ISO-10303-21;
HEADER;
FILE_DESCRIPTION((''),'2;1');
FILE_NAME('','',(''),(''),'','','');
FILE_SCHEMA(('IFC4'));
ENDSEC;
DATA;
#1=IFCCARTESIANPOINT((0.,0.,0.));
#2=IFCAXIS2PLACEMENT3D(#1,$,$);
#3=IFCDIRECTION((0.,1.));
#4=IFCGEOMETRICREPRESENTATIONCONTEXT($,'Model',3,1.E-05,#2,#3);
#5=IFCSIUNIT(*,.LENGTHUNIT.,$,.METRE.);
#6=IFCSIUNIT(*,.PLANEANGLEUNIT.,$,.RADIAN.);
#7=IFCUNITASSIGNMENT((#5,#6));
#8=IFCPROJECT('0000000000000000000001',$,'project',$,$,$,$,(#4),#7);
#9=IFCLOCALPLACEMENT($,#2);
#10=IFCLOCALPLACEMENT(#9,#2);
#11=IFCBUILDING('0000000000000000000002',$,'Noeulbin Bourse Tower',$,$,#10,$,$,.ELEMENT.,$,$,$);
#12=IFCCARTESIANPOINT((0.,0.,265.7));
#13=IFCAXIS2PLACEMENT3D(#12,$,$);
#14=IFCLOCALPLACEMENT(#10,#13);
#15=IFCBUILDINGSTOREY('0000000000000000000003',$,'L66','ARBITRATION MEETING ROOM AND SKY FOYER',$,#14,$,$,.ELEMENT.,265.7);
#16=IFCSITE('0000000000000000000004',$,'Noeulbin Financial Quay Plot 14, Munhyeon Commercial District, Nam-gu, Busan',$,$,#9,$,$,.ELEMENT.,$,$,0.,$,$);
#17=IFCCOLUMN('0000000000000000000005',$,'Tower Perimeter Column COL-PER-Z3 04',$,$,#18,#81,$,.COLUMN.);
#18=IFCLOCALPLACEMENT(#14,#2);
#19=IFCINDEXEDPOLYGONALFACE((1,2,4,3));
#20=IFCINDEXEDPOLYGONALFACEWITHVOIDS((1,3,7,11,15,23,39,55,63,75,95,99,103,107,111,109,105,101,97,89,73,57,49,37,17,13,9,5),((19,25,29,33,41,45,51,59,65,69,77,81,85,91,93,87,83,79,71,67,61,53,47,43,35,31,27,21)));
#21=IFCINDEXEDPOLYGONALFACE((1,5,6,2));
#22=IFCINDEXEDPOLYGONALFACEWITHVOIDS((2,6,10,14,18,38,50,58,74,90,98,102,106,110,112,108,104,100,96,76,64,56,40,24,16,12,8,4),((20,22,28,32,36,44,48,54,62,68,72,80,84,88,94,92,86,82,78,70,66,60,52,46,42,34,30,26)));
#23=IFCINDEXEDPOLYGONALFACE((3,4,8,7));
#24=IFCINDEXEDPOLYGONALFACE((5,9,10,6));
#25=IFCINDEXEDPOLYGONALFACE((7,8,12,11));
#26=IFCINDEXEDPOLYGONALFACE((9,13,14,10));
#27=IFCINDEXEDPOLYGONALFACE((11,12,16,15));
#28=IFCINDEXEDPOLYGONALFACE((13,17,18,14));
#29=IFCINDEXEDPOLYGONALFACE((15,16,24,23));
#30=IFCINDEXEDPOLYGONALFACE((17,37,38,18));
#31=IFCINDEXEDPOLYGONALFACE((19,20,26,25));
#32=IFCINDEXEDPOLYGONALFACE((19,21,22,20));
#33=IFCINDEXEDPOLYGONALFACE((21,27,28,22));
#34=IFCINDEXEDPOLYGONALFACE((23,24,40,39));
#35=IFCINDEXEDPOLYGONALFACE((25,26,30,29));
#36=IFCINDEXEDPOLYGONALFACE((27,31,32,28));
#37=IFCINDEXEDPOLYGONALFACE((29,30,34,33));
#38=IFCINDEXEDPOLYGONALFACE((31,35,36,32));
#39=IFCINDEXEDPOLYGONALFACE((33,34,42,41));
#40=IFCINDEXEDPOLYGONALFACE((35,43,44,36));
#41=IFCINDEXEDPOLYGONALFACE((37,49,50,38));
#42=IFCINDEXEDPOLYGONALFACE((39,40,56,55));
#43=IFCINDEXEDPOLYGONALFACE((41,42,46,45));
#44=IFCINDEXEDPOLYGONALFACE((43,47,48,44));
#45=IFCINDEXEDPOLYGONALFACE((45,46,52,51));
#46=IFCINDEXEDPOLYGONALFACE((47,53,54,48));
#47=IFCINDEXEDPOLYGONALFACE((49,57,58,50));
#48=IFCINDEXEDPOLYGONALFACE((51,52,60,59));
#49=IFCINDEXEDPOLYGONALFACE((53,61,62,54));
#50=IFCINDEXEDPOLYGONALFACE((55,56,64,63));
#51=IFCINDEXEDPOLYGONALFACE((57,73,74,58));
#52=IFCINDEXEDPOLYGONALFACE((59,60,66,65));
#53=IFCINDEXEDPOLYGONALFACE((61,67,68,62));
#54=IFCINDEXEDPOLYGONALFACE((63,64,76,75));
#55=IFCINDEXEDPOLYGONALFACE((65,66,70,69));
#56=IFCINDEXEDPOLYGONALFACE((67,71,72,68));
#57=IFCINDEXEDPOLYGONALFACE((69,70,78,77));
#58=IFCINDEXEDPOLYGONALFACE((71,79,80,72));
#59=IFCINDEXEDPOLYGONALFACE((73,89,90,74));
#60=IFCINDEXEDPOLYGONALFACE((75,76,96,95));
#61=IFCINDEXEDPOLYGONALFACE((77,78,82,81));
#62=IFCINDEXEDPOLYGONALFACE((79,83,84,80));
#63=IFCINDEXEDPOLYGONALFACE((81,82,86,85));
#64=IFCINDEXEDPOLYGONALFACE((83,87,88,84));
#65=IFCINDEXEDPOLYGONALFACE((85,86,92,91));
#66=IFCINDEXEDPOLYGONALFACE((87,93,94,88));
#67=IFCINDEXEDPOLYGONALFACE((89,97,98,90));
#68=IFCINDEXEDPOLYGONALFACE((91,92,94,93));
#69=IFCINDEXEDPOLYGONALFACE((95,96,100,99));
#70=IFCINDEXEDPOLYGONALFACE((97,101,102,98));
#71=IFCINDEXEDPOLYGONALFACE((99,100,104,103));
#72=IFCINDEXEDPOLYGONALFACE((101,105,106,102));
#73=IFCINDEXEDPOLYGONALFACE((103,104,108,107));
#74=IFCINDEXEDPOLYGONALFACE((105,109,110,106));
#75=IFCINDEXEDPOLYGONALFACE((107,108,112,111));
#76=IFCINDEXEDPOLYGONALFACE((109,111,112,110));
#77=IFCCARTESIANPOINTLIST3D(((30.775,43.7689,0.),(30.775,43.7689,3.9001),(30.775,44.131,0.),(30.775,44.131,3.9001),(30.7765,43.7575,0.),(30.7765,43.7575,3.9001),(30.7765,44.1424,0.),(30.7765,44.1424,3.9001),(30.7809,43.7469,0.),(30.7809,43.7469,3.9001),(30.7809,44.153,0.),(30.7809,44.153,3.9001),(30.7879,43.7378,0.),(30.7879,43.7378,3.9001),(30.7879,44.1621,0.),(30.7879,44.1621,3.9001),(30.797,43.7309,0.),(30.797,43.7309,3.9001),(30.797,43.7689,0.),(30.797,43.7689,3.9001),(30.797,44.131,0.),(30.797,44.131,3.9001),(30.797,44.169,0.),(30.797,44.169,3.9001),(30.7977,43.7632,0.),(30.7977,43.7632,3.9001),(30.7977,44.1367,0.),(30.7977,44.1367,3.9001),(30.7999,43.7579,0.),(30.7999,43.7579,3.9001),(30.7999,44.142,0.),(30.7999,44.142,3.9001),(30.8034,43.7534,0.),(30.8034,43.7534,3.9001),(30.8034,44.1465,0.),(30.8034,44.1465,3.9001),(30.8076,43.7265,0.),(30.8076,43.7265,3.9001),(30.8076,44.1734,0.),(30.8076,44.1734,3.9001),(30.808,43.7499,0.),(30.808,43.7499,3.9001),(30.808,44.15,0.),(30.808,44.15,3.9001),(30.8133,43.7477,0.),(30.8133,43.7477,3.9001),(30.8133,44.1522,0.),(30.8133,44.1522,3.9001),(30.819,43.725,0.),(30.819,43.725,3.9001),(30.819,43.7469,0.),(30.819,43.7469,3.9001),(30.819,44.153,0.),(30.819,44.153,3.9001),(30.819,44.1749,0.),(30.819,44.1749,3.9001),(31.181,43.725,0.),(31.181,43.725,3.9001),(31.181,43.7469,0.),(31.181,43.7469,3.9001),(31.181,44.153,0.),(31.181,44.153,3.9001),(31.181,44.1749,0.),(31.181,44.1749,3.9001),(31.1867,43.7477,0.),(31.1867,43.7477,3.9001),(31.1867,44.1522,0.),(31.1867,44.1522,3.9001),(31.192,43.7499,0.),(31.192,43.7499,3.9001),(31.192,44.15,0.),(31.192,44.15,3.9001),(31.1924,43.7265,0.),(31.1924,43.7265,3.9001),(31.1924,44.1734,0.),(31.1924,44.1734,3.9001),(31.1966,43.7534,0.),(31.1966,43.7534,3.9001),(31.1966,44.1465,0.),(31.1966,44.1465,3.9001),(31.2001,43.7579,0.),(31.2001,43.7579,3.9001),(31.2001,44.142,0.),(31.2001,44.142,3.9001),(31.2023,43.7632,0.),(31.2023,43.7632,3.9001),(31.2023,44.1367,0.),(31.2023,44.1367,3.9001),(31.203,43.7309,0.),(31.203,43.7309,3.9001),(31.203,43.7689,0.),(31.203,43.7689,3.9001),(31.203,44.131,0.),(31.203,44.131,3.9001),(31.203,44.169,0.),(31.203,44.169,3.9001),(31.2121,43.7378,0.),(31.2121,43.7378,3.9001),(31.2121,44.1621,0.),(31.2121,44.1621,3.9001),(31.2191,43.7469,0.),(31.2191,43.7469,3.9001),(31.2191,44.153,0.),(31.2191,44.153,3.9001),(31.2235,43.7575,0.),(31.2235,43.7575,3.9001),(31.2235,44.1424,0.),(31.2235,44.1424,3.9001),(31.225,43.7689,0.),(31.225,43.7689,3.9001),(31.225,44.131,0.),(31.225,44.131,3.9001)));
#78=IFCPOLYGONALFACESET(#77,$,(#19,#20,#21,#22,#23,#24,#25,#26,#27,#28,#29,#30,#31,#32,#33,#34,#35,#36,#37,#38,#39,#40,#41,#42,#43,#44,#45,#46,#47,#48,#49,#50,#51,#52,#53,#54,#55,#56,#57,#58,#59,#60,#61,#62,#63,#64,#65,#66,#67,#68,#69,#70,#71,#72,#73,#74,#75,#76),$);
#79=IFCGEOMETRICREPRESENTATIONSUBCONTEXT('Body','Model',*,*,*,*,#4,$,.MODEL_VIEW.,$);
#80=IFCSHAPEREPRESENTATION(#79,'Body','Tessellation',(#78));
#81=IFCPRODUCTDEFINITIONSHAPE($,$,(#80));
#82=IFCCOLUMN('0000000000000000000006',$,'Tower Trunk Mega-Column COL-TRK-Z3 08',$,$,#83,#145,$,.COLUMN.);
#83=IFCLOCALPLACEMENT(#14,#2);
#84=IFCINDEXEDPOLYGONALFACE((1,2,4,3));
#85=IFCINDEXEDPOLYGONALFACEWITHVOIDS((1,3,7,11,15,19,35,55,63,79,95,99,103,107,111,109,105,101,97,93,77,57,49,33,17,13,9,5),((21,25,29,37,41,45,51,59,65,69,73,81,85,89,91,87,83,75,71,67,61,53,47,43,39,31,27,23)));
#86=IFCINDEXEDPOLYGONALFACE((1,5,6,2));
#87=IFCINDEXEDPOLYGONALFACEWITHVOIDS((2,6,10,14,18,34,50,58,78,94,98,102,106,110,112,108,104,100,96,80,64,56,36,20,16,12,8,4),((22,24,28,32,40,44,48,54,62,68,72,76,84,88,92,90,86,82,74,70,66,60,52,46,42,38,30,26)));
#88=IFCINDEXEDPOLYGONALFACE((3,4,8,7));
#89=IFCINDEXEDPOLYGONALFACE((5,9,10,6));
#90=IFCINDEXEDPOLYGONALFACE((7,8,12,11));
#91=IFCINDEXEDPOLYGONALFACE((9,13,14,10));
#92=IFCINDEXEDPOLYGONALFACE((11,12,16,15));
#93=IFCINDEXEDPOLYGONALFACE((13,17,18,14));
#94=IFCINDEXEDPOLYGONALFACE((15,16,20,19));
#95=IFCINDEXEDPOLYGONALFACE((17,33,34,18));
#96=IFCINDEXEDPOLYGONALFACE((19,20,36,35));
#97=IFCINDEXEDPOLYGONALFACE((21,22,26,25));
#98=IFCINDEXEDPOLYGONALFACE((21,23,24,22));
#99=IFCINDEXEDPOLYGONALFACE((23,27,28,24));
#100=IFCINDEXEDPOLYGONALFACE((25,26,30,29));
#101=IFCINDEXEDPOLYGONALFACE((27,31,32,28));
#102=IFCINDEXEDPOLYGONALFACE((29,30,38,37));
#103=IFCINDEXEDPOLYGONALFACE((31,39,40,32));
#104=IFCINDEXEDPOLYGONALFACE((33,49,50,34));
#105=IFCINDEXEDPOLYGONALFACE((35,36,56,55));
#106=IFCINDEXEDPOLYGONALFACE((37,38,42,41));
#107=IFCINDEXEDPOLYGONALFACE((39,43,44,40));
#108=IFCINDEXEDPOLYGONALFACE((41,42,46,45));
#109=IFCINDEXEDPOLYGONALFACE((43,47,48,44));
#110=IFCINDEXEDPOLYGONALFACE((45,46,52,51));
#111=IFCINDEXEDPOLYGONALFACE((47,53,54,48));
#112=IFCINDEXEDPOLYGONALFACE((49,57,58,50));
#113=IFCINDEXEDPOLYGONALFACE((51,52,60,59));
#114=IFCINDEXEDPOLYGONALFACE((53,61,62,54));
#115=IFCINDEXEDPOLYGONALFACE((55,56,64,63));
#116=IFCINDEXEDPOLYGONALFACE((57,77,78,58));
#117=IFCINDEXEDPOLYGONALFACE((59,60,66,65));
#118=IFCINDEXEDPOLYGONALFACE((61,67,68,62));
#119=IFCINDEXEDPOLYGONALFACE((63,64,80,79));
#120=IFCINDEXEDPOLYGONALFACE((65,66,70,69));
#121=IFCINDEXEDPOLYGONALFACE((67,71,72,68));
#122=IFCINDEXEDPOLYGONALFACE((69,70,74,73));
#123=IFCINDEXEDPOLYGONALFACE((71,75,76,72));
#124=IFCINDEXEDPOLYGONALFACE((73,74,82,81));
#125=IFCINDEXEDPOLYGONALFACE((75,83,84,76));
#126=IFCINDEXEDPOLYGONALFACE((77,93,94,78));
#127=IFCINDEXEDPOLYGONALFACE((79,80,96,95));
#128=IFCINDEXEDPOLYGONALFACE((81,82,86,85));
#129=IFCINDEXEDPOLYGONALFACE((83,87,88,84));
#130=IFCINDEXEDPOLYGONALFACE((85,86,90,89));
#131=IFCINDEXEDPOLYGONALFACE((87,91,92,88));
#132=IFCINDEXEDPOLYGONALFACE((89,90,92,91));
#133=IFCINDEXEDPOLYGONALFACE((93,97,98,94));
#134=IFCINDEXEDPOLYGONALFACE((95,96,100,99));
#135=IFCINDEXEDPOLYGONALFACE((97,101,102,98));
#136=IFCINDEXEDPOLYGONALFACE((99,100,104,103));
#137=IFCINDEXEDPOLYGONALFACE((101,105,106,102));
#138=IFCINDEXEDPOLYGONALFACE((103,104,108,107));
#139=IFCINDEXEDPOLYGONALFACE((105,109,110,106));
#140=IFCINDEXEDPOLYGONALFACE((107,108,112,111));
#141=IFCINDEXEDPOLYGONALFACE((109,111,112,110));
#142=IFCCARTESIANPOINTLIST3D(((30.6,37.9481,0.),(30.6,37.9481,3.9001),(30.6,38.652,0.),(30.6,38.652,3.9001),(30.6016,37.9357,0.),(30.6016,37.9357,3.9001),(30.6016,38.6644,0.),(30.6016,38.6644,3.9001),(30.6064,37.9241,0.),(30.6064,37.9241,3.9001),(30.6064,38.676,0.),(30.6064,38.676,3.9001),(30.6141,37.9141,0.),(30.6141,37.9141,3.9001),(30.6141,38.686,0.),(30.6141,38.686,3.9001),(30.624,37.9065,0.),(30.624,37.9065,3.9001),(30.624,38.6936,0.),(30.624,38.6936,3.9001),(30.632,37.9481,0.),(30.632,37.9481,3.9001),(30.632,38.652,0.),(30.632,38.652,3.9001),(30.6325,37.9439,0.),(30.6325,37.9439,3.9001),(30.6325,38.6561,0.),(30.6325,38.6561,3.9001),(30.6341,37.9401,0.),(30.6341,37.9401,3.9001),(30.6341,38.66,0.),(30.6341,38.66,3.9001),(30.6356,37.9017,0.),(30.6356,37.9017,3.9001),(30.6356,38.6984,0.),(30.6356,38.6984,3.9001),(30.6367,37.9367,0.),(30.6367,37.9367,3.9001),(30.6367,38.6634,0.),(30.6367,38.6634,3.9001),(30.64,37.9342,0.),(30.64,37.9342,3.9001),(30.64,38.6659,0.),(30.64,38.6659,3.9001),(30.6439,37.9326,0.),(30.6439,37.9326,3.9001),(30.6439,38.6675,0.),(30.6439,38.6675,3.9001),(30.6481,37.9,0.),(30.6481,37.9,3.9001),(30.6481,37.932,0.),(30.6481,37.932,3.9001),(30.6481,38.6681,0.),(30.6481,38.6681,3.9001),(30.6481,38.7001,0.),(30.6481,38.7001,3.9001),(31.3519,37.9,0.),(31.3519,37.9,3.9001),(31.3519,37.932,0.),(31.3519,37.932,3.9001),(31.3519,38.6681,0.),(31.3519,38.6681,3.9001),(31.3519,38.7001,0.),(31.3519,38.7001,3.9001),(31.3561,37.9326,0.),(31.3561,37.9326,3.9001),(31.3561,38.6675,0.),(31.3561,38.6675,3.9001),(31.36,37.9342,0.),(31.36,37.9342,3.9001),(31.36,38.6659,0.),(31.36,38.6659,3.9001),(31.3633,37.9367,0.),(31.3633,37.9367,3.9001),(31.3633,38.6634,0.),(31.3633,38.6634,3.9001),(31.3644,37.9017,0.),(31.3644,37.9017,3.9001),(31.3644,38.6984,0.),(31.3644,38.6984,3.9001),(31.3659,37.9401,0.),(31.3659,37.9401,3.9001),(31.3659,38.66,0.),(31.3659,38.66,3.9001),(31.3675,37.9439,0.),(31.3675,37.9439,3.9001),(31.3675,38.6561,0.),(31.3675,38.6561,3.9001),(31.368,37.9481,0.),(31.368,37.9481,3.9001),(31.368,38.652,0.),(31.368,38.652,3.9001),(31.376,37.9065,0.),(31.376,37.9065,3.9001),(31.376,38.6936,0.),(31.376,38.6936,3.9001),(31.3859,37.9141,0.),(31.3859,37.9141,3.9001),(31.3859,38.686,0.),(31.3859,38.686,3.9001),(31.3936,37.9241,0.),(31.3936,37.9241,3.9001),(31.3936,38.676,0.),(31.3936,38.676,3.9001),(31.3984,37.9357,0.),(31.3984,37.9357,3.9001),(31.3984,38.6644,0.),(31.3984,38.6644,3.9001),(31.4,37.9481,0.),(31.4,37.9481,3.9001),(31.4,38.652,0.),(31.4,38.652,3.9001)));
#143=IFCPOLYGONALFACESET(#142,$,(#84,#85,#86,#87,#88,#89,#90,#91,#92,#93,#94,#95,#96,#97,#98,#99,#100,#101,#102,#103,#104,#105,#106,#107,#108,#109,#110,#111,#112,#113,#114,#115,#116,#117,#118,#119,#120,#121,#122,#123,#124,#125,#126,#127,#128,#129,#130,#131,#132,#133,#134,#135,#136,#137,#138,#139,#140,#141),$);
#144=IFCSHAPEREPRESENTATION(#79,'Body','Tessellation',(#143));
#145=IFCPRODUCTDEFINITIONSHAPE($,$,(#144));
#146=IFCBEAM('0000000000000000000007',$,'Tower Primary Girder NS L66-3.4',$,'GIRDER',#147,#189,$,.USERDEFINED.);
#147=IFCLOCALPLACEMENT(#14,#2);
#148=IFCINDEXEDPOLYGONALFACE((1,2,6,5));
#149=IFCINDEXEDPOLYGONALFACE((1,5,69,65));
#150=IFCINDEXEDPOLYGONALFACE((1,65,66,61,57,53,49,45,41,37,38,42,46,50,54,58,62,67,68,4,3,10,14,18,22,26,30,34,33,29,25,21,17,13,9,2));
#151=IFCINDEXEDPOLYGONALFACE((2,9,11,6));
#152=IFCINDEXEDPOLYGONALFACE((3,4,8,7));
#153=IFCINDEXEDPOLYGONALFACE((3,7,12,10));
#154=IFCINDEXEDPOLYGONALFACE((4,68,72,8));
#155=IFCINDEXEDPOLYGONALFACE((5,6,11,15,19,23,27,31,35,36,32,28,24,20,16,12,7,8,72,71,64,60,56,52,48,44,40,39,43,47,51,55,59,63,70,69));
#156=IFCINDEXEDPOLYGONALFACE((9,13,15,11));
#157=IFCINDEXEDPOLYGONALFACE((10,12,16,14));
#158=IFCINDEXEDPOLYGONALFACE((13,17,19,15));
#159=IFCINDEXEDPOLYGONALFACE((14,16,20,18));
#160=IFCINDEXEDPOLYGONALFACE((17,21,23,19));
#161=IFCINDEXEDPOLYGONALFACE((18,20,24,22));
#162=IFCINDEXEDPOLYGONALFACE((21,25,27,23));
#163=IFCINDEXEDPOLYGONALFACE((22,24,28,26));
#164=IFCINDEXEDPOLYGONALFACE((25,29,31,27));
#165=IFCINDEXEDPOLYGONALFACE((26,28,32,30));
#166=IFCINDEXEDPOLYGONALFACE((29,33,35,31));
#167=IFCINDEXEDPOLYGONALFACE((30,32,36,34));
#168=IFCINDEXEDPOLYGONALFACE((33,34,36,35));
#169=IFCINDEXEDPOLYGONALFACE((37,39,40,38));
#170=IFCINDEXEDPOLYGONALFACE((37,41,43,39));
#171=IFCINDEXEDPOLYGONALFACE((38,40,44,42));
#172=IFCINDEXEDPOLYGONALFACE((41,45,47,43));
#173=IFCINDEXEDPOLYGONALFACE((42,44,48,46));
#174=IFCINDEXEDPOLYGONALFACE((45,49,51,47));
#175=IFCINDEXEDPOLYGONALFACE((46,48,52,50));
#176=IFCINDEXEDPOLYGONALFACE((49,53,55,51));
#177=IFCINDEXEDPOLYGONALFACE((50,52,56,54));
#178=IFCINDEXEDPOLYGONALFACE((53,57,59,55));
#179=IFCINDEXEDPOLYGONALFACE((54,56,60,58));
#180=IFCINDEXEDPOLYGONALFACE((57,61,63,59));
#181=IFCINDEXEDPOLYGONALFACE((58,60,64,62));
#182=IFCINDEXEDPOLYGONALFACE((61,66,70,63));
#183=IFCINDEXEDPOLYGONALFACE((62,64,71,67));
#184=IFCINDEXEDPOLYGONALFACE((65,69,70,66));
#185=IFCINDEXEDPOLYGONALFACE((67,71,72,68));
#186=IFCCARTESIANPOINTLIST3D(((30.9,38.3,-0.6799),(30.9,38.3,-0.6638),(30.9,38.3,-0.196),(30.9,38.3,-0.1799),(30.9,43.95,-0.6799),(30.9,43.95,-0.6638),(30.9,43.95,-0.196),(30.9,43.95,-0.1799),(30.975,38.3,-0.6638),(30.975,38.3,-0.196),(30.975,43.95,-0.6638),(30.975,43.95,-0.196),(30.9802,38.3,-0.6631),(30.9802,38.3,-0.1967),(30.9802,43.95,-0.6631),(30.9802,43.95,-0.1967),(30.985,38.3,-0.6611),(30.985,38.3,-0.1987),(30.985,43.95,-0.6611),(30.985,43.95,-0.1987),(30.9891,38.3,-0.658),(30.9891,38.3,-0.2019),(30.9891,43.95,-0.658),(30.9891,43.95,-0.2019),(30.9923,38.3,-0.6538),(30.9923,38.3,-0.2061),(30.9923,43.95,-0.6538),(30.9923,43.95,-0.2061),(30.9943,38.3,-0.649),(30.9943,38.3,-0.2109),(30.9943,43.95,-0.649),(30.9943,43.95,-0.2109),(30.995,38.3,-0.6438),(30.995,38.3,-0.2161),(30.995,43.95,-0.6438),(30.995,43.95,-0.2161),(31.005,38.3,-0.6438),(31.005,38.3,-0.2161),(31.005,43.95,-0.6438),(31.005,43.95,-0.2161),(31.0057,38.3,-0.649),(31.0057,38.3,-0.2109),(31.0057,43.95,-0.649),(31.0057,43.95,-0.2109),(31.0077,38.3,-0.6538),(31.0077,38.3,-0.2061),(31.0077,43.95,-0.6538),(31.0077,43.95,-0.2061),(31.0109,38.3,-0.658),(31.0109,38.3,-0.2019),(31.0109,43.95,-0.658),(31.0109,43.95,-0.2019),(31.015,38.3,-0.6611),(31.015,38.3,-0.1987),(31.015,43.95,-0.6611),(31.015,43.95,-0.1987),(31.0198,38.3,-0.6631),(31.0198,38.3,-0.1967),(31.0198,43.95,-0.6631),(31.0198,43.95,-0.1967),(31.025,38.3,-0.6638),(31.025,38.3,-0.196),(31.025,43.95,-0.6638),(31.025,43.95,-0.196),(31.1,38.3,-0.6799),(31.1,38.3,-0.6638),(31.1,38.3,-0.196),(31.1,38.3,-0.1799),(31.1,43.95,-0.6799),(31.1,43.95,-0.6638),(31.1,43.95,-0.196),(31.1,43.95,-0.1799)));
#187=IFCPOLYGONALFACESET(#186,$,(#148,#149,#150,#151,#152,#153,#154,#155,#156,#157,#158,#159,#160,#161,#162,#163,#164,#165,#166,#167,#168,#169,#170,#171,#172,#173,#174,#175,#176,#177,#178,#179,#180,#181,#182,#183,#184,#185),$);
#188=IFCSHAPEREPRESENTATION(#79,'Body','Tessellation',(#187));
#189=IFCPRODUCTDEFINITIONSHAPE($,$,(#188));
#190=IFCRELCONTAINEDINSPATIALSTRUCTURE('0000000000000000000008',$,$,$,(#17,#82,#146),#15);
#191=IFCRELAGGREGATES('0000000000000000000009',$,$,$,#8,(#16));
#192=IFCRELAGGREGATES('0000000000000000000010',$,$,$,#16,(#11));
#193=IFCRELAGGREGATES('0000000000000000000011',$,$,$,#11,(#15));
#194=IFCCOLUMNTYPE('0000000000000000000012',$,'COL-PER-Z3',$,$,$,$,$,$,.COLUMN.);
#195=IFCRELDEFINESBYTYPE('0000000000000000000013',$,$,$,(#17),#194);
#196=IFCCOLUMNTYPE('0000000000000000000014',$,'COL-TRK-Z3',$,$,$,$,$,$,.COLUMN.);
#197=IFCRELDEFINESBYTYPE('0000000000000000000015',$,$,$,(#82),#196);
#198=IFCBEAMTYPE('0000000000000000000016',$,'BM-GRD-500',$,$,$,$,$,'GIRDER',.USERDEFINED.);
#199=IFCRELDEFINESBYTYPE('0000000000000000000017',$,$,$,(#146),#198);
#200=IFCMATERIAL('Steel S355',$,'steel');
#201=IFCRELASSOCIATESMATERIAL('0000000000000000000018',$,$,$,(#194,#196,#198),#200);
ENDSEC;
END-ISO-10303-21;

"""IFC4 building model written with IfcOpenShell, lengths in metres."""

from ifc_helpers import new_model, si_unit, direction, frame, origin, origin_2d, place, context, subcontext, project, spatial, hollow_rectangle, i_section, extrude, material, material_profile, profile_set, type_object, element, save


model = new_model("IFC4")

# Units and contexts
model_context = context("Model", 3, precision=1e-05, world=origin(), true_north=direction((0.0, 1.0)))
body_context = subcontext(model_context, "Body", "Model", "MODEL_VIEW")
ifc_project = project(units=[si_unit("LENGTHUNIT", "METRE"), si_unit("PLANEANGLEUNIT", "RADIAN")], contexts=[model_context])

# Site, building, storey
site_placement = place(None, origin())
site = spatial("IfcSite", under=ifc_project, at=site_placement, Name="Noeulbin Financial Quay Plot 14, Munhyeon Commercial District, Nam-gu, Busan", CompositionType="ELEMENT", RefElevation=0.0)
building_placement = place(site_placement, origin())
building = spatial("IfcBuilding", under=site, at=building_placement, Name="Noeulbin Bourse Tower", CompositionType="ELEMENT")
storey_placement = place(building_placement, frame((0.0, 0.0, 265.7)))
storey = spatial("IfcBuildingStorey", under=building, at=storey_placement, Name="L66", Description="ARBITRATION MEETING ROOM AND SKY FOYER", CompositionType="ELEMENT", Elevation=265.7)

# Columns
ifc_material_1 = material(Name="Steel S355", Category="steel")
ifc_material_profile_1 = material_profile(ifc_material_1, hollow_rectangle(XDim=0.45, YDim=0.45, WallThickness=0.022, InnerFilletRadius=0.022, OuterFilletRadius=0.0439, at=origin_2d()), Name="SHS-450x450x22", Category="LoadBearing")
ifc_profile_set_1 = profile_set([ifc_material_profile_1], Name="Steel S355")
column_type_1 = type_object("IfcColumnType", Name="COL-PER-Z3", PredefinedType="COLUMN", material=ifc_profile_set_1)
column_1_placement = place(storey_placement, frame((31.0, 43.95, 0.0), z_axis=(0.0, 0.0, 1.0), x_axis=(1.0, 0.0, 0.0)))
element("IfcColumn", 1, at=column_1_placement, inside=storey, type_object=column_type_1, Name="Tower Perimeter Column COL-PER-Z3 04", PredefinedType="COLUMN", context=body_context, shape_type="SweptSolid", body=[
    extrude(hollow_rectangle(XDim=0.45, YDim=0.45, WallThickness=0.022, InnerFilletRadius=0.022, OuterFilletRadius=0.0439, at=origin_2d()), origin(), (0.0, 0.0, 1.0), 3.9001),
])
ifc_material_profile_2 = material_profile(ifc_material_1, hollow_rectangle(XDim=0.8, YDim=0.8, WallThickness=0.032, InnerFilletRadius=0.0161, OuterFilletRadius=0.0481, at=origin_2d()), Name="BOX-800x800x32", Category="LoadBearing")
ifc_profile_set_2 = profile_set([ifc_material_profile_2], Name="Steel S355")
column_type_2 = type_object("IfcColumnType", Name="COL-TRK-Z3", PredefinedType="COLUMN", material=ifc_profile_set_2)
column_2_placement = place(storey_placement, frame((31.0, 38.3, 0.0), z_axis=(0.0, 0.0, 1.0), x_axis=(1.0, 0.0, 0.0)))
element("IfcColumn", 2, at=column_2_placement, inside=storey, type_object=column_type_2, Name="Tower Trunk Mega-Column COL-TRK-Z3 08", PredefinedType="COLUMN", context=body_context, shape_type="SweptSolid", body=[
    extrude(hollow_rectangle(XDim=0.8, YDim=0.8, WallThickness=0.032, InnerFilletRadius=0.0161, OuterFilletRadius=0.0481, at=origin_2d()), origin(), (0.0, 0.0, 1.0), 3.9001),
])

# Beam
ifc_material_profile_3 = material_profile(ifc_material_1, i_section(OverallWidth=0.2, OverallDepth=0.5, WebThickness=0.01, FlangeThickness=0.0161, FilletRadius=0.02, at=origin_2d()), Name="H-500x200x10x16", Category="LoadBearing")
ifc_profile_set_3 = profile_set([ifc_material_profile_3], Name="Steel S355")
beam_type_1 = type_object("IfcBeamType", Name="BM-GRD-500", ElementType="GIRDER", PredefinedType="USERDEFINED", material=ifc_profile_set_3)
beam_1_placement = place(storey_placement, frame((31.0, 38.3, -0.4299), z_axis=(0.0, 1.0, 0.0), x_axis=(-1.0, 0.0, 0.0)))
element("IfcBeam", 3, at=beam_1_placement, inside=storey, type_object=beam_type_1, Name="Tower Primary Girder NS L66-3.4", ObjectType="GIRDER", PredefinedType="USERDEFINED", context=body_context, shape_type="SweptSolid", body=[
    extrude(i_section(OverallWidth=0.2, OverallDepth=0.5, WebThickness=0.01, FlangeThickness=0.0161, FilletRadius=0.02, at=origin_2d()), origin(), (0.0, 0.0, 1.0), 5.6499),
])

save(model, "model.ifc")
